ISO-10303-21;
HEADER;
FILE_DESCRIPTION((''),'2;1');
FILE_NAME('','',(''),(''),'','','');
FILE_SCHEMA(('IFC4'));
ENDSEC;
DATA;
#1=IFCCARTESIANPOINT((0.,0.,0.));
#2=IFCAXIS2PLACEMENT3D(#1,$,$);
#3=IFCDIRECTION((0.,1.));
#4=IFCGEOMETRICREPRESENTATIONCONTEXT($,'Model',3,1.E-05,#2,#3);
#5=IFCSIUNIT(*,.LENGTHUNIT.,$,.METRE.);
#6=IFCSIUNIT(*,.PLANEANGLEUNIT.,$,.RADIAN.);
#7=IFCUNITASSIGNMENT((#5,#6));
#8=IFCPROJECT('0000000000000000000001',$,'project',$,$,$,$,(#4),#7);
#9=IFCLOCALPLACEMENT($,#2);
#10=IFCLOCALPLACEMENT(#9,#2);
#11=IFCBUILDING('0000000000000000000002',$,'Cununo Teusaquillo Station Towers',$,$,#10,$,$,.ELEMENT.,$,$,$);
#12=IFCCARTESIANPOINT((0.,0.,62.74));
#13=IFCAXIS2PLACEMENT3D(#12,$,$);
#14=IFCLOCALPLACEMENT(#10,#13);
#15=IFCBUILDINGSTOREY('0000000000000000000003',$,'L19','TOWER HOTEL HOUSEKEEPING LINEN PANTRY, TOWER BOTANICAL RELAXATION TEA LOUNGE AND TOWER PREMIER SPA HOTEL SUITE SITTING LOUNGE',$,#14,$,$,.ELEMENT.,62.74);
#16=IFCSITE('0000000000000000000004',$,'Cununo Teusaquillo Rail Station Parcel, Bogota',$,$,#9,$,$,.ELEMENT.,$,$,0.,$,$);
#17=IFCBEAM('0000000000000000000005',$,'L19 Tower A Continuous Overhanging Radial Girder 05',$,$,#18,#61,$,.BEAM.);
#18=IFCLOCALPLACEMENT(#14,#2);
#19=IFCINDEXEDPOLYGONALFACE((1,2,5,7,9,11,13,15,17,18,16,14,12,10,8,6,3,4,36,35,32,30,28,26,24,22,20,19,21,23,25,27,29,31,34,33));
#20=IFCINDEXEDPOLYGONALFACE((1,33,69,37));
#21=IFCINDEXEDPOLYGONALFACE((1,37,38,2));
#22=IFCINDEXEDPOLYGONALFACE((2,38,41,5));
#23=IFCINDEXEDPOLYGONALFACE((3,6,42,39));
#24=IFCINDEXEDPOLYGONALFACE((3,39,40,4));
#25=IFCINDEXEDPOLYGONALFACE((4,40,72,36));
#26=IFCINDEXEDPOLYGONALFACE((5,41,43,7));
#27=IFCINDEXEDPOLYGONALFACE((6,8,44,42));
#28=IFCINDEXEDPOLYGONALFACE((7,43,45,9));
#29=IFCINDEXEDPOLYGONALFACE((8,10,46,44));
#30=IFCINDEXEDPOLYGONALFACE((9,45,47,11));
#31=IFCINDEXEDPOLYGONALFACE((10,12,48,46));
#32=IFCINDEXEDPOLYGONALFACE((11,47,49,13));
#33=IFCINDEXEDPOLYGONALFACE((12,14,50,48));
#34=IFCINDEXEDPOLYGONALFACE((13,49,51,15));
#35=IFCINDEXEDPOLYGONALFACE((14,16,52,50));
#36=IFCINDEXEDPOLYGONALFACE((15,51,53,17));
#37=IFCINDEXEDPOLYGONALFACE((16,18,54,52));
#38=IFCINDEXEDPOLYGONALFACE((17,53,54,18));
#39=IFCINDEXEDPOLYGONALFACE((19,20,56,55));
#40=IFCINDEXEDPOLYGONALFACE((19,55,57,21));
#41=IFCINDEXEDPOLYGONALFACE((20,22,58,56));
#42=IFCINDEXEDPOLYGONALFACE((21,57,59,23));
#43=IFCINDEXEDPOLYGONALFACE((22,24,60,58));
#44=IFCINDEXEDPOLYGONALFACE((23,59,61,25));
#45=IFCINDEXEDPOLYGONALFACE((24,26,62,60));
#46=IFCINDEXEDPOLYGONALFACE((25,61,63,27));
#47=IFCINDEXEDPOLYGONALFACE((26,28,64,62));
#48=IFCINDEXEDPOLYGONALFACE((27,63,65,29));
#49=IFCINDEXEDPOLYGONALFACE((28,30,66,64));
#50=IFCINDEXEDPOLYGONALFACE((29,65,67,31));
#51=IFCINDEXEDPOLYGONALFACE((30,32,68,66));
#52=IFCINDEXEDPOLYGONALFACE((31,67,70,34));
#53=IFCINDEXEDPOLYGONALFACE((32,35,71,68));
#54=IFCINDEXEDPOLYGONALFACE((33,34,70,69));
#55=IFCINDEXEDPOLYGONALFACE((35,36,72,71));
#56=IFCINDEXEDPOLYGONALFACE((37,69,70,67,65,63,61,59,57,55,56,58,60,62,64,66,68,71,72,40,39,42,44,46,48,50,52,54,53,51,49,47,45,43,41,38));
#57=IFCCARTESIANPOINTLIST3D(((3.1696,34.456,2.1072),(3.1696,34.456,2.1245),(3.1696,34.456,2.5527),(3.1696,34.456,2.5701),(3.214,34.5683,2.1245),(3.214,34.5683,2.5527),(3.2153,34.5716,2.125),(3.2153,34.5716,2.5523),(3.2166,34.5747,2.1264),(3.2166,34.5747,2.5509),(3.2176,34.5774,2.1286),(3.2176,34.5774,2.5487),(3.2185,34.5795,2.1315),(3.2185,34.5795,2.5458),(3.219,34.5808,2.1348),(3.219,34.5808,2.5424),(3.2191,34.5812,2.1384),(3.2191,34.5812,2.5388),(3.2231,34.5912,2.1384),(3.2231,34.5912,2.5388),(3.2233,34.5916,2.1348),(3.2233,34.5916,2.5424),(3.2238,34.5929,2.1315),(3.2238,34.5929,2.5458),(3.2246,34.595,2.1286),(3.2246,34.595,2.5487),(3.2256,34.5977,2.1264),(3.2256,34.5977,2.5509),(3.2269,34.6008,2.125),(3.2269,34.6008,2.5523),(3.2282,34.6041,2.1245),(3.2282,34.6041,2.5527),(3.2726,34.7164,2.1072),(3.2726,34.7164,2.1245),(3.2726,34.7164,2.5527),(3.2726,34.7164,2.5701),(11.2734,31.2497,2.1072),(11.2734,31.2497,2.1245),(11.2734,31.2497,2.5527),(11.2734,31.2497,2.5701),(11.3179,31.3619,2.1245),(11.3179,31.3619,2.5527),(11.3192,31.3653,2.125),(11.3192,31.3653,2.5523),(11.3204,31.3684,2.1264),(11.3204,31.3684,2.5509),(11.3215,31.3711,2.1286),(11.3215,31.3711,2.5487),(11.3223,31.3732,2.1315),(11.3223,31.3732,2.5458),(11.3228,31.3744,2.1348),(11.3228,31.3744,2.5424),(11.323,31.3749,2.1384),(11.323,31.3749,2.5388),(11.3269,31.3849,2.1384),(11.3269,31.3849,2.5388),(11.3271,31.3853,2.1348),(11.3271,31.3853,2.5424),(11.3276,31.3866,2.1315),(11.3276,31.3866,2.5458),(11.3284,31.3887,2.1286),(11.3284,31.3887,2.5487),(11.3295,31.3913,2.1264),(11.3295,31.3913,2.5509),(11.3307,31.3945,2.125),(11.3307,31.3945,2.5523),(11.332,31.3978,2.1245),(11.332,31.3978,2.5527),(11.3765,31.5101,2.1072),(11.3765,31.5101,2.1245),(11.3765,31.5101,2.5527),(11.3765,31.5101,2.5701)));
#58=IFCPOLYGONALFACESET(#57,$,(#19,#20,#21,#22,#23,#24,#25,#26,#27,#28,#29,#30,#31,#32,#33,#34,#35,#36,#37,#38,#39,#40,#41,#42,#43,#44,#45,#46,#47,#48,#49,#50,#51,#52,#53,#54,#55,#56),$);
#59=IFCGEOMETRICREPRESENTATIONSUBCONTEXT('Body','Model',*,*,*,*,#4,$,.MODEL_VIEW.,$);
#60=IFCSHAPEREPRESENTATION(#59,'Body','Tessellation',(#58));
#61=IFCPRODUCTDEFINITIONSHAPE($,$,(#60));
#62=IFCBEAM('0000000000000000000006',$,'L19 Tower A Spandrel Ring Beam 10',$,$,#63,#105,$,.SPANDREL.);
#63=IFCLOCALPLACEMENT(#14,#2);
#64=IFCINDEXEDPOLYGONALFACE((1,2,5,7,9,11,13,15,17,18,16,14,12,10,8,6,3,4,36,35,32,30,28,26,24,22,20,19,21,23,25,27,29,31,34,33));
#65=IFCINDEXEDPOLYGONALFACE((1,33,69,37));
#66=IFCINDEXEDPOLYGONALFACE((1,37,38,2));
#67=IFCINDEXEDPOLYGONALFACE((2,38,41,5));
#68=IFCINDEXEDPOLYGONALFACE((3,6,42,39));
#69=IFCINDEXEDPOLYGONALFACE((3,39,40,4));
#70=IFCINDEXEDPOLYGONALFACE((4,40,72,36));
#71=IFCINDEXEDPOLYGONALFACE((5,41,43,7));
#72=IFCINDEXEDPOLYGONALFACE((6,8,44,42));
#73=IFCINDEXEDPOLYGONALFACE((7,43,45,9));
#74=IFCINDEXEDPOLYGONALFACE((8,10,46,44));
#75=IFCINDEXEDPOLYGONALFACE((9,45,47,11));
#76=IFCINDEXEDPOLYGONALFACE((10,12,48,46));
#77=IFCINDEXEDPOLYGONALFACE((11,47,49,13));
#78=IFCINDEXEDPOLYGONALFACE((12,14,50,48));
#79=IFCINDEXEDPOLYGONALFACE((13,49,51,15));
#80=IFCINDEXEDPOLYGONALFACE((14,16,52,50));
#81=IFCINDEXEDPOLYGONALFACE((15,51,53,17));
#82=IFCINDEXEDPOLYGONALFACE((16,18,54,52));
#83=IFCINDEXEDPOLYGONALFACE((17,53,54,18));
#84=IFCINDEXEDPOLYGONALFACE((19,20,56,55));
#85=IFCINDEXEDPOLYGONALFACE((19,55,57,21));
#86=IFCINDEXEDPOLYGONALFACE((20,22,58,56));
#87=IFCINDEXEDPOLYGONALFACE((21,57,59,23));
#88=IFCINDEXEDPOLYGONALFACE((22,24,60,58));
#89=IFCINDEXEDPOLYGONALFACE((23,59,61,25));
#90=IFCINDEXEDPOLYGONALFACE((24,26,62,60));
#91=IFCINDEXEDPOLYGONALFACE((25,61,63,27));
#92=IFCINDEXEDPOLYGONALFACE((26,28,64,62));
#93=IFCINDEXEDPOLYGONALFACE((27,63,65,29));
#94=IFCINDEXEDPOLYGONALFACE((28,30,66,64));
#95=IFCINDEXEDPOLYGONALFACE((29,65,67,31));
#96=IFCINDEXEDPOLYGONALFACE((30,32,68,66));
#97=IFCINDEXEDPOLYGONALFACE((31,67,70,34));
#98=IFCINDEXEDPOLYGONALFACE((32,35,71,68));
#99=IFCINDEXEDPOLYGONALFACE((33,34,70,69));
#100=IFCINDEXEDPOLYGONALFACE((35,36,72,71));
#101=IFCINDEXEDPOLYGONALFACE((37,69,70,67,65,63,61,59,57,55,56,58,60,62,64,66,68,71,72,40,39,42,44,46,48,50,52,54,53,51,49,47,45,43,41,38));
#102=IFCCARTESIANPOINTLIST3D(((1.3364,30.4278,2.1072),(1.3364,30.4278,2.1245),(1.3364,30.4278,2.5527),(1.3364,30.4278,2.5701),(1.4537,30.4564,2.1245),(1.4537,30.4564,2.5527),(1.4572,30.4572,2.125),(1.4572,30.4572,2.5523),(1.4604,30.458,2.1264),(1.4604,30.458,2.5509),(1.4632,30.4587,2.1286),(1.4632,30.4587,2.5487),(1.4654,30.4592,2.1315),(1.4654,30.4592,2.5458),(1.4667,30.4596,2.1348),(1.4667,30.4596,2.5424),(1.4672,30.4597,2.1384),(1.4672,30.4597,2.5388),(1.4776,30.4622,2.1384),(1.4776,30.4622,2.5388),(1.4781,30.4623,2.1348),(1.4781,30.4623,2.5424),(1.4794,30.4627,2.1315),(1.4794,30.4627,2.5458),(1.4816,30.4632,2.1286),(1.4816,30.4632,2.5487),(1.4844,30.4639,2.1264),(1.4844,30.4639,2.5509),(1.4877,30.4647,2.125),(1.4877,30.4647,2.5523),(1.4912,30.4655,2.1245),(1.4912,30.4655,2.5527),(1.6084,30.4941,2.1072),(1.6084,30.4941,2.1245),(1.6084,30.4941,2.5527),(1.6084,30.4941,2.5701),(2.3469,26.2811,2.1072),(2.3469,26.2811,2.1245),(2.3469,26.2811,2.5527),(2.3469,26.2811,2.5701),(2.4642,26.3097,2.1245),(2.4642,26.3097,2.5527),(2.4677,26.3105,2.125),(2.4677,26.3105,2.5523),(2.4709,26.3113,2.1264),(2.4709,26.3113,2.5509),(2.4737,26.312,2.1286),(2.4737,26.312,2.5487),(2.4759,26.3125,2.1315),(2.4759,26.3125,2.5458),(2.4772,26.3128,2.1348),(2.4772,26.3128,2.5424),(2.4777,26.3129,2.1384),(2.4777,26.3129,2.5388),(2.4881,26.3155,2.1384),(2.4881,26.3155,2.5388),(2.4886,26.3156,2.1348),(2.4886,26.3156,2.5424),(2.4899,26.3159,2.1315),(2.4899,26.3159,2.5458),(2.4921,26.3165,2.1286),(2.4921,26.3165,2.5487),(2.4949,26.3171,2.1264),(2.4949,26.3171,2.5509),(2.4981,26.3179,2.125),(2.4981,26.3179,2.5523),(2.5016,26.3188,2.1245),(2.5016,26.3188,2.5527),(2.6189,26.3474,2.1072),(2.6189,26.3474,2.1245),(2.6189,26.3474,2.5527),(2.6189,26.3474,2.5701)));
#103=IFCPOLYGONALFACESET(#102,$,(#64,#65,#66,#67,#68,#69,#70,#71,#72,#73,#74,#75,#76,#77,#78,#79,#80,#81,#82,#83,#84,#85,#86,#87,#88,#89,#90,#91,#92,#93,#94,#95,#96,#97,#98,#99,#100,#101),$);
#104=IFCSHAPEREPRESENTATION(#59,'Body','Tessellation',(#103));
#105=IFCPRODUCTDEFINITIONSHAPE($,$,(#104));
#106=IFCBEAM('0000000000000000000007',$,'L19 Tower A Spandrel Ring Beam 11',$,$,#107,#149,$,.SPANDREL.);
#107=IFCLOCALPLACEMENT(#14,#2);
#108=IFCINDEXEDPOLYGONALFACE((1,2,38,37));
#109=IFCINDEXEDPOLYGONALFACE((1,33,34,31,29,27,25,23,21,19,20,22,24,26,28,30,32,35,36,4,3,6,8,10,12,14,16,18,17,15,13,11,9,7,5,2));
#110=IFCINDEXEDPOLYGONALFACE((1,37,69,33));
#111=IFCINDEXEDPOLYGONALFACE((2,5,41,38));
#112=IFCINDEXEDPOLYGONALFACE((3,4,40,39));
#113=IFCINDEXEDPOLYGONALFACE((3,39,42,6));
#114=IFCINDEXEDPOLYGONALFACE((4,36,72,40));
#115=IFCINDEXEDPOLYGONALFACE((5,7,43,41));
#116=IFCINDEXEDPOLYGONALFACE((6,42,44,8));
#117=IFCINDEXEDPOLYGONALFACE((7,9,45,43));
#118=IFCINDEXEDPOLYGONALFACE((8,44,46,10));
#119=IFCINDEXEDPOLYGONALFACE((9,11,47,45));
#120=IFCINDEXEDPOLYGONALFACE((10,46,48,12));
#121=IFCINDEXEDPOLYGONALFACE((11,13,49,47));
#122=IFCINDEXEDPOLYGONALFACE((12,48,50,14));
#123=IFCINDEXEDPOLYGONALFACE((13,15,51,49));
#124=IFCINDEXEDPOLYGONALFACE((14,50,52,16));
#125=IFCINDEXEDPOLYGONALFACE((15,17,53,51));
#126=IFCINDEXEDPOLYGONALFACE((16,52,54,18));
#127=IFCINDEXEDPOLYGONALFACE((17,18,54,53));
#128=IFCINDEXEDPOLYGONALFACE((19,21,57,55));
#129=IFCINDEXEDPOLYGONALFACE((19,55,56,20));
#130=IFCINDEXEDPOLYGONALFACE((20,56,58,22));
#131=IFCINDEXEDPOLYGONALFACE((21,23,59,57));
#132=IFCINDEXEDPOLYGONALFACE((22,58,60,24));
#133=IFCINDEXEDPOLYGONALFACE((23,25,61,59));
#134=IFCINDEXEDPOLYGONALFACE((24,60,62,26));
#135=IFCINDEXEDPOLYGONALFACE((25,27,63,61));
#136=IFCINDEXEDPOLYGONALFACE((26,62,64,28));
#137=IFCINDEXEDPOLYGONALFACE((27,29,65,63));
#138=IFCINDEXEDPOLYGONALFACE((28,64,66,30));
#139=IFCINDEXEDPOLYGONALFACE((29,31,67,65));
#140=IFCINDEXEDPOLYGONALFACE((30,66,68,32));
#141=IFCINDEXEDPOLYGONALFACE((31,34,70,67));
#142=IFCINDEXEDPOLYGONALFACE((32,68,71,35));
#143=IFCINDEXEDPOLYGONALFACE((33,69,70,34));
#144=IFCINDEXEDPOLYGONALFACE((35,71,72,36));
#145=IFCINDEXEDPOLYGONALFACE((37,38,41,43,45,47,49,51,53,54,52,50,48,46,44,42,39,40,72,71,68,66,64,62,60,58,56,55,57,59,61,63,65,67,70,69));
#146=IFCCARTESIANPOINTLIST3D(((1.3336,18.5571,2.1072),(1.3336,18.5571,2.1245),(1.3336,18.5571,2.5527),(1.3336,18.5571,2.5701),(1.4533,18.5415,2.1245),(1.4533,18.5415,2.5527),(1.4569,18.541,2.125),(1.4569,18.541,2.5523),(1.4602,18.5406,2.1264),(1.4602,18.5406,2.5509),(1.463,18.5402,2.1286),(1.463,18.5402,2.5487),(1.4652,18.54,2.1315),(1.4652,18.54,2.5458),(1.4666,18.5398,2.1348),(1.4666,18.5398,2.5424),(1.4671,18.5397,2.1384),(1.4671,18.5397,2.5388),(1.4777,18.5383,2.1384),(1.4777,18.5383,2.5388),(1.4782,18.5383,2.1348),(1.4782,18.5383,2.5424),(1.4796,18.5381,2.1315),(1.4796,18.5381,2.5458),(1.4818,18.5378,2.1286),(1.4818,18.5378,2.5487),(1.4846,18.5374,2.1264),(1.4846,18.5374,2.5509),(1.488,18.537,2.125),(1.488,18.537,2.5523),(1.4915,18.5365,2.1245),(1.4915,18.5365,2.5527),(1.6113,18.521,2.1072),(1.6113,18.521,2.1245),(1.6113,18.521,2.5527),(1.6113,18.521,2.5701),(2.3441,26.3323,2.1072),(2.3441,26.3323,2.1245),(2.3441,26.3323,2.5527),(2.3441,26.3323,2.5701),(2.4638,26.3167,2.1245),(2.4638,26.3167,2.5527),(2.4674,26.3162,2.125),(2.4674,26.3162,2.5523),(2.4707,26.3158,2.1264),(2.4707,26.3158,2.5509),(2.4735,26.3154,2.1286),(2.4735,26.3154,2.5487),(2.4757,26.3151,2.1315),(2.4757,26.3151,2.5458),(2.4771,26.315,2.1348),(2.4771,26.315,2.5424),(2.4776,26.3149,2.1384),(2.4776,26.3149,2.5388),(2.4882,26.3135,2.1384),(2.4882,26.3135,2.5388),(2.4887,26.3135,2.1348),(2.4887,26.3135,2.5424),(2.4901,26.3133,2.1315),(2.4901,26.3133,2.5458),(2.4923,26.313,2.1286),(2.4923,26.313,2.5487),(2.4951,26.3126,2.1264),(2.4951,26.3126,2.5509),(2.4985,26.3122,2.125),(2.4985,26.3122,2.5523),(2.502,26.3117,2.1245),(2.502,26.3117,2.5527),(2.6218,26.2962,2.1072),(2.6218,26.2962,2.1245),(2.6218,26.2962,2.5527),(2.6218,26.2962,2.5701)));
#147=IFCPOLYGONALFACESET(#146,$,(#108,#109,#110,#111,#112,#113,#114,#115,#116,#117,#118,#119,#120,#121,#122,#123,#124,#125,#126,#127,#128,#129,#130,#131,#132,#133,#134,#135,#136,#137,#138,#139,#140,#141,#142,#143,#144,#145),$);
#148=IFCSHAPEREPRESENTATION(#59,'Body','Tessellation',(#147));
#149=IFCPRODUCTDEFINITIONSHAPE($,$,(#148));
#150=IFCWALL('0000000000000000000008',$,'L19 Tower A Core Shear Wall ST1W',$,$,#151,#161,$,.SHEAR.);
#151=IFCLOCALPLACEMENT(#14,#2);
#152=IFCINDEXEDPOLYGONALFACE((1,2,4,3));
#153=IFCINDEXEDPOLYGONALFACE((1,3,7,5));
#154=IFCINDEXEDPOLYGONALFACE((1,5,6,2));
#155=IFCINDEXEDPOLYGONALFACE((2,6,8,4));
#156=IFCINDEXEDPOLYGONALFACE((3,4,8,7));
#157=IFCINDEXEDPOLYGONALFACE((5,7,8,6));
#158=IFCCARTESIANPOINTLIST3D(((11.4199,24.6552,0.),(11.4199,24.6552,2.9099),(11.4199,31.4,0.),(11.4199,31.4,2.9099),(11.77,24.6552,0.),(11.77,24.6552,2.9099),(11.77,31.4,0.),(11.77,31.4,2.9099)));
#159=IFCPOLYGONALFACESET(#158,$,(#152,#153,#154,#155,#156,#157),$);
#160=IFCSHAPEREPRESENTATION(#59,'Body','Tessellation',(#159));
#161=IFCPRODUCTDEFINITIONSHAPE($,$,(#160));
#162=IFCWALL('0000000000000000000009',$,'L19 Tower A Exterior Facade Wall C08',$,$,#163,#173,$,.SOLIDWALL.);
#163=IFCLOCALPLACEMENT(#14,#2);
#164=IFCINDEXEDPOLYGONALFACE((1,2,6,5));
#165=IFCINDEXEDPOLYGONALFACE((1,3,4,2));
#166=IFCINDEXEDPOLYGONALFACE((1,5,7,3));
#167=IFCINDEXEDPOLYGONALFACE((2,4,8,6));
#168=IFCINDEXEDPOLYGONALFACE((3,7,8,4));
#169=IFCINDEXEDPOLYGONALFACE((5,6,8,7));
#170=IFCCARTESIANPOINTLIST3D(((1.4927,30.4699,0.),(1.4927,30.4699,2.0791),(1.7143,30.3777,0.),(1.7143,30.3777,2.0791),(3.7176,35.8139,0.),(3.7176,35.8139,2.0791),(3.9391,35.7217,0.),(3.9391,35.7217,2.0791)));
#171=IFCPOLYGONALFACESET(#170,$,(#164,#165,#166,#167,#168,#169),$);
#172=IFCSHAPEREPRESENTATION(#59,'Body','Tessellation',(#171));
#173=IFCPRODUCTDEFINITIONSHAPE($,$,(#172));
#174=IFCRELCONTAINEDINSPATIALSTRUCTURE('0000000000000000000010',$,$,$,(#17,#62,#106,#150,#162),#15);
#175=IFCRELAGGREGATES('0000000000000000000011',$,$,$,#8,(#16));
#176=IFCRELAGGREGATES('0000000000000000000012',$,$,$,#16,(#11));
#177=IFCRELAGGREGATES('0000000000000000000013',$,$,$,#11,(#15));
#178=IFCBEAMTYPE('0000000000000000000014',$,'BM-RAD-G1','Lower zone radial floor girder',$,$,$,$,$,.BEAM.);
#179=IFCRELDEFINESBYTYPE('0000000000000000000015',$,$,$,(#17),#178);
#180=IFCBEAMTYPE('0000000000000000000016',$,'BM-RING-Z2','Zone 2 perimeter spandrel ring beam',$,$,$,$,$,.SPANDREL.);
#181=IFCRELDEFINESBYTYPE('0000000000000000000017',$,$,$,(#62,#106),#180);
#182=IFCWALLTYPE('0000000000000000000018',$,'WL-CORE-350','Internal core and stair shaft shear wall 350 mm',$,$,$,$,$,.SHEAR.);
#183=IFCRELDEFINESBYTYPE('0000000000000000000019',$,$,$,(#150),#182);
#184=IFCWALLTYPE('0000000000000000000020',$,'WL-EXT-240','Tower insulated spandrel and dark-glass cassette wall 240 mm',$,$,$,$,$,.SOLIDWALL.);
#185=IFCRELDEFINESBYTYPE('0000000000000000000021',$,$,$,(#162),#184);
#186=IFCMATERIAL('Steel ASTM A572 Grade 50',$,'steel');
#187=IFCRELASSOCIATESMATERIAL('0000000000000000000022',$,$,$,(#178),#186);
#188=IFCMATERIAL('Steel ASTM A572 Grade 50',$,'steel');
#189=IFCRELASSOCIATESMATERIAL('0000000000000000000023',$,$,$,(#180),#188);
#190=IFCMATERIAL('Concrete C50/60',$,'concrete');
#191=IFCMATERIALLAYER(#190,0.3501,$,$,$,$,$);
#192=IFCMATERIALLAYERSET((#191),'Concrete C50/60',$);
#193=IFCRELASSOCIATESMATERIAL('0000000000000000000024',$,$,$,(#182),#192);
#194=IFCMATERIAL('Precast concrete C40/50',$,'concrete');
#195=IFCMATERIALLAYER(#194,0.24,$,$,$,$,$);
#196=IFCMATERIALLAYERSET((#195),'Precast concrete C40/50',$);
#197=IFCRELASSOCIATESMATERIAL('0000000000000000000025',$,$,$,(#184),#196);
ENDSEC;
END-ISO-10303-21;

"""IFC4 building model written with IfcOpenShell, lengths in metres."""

from ifc_helpers import new_model, si_unit, direction, frame, frame_2d, origin, origin_2d, place, context, subcontext, project, spatial, rectangle, i_section, extrude, material, layer, layer_set, material_profile, profile_set, type_object, element, save


model = new_model("IFC4")

# Units and contexts
model_context = context("Model", 3, precision=1e-05, world=origin(), true_north=direction((0.0, 1.0)))
body_context = subcontext(model_context, "Body", "Model", "MODEL_VIEW")
ifc_project = project(units=[si_unit("LENGTHUNIT", "METRE"), si_unit("PLANEANGLEUNIT", "RADIAN")], contexts=[model_context])

# Site, building, storey
site_placement = place(None, origin())
site = spatial("IfcSite", under=ifc_project, at=site_placement, Name="Cununo Teusaquillo Rail Station Parcel, Bogota", CompositionType="ELEMENT", RefElevation=0.0)
building_placement = place(site_placement, origin())
building = spatial("IfcBuilding", under=site, at=building_placement, Name="Cununo Teusaquillo Station Towers", CompositionType="ELEMENT")
storey_placement = place(building_placement, frame((0.0, 0.0, 62.74)))
storey = spatial("IfcBuildingStorey", under=building, at=storey_placement, Name="L19", Description="TOWER HOTEL HOUSEKEEPING LINEN PANTRY, TOWER BOTANICAL RELAXATION TEA LOUNGE AND TOWER PREMIER SPA HOTEL SUITE SITTING LOUNGE", CompositionType="ELEMENT", Elevation=62.74)

# Beams
ifc_material_1 = material(Name="Steel ASTM A572 Grade 50", Category="steel")
ifc_material_profile_1 = material_profile(ifc_material_1, i_section(OverallWidth=0.28, OverallDepth=0.4629, WebThickness=0.0107, FlangeThickness=0.0173, FilletRadius=0.0139, at=origin_2d()), Name="W18X76")
ifc_profile_set_1 = profile_set([ifc_material_profile_1], Name="Steel ASTM A572 Grade 50")
beam_type_1 = type_object("IfcBeamType", Name="BM-RAD-G1", Description="Lower zone radial floor girder", PredefinedType="BEAM", material=ifc_profile_set_1)
beam_1_placement = place(storey_placement, frame((11.325, 31.3799, 2.3386), z_axis=(-0.929863, 0.367906, 0.0), x_axis=(-0.367906, -0.929863, 0.0)))
element("IfcBeam", 1, at=beam_1_placement, inside=storey, type_object=beam_type_1, Name="L19 Tower A Continuous Overhanging Radial Girder 05", PredefinedType="BEAM", context=body_context, shape_type="SweptSolid", body=[
    extrude(i_section(OverallWidth=0.28, OverallDepth=0.4629, WebThickness=0.0107, FlangeThickness=0.0173, FilletRadius=0.0139, at=origin_2d()), origin(), (0.0, 0.0, 1.0), 8.7151),
])
ifc_material_2 = material(Name="Steel ASTM A572 Grade 50", Category="steel")
ifc_material_profile_2 = material_profile(ifc_material_2, i_section(OverallWidth=0.28, OverallDepth=0.4629, WebThickness=0.0107, FlangeThickness=0.0173, FilletRadius=0.0139, at=origin_2d()), Name="W18X76")
ifc_profile_set_2 = profile_set([ifc_material_profile_2], Name="Steel ASTM A572 Grade 50")
beam_type_2 = type_object("IfcBeamType", Name="BM-RING-Z2", Description="Zone 2 perimeter spandrel ring beam", PredefinedType="SPANDREL", material=ifc_profile_set_2)
beam_2_placement = place(storey_placement, frame((1.4724, 30.4609, 2.3386), z_axis=(0.236757, -0.971569, 0.0), x_axis=(0.971569, 0.236757, 0.0)))
element("IfcBeam", 2, at=beam_2_placement, inside=storey, type_object=beam_type_2, Name="L19 Tower A Spandrel Ring Beam 10", PredefinedType="SPANDREL", context=body_context, shape_type="SweptSolid", body=[
    extrude(i_section(OverallWidth=0.28, OverallDepth=0.4629, WebThickness=0.0107, FlangeThickness=0.0173, FilletRadius=0.0139, at=origin_2d()), origin(), (0.0, 0.0, 1.0), 4.2681),
])
beam_3_placement = place(storey_placement, frame((2.4829, 26.3142, 2.3386), z_axis=(-0.128881, -0.99166, 0.0), x_axis=(0.99166, -0.128881, 0.0)))
element("IfcBeam", 3, at=beam_3_placement, inside=storey, type_object=beam_type_2, Name="L19 Tower A Spandrel Ring Beam 11", PredefinedType="SPANDREL", context=body_context, shape_type="SweptSolid", body=[
    extrude(i_section(OverallWidth=0.28, OverallDepth=0.4629, WebThickness=0.0107, FlangeThickness=0.0173, FilletRadius=0.0139, at=origin_2d()), origin(), (0.0, 0.0, 1.0), 7.8406),
])

# Walls
ifc_material_3 = material(Name="Concrete C50/60", Category="concrete")
ifc_layer_1 = layer(ifc_material_3, 0.3501)
ifc_layer_set_1 = layer_set([ifc_layer_1], Name="Concrete C50/60")
wall_type_1 = type_object("IfcWallType", Name="WL-CORE-350", Description="Internal core and stair shaft shear wall 350 mm", PredefinedType="SHEAR", material=ifc_layer_set_1)
wall_1_placement = place(storey_placement, frame((11.595, 24.655, 0.0), z_axis=(0.0, 0.0, 1.0), x_axis=(0.0, 1.0, 0.0)))
element("IfcWall", 4, at=wall_1_placement, inside=storey, type_object=wall_type_1, Name="L19 Tower A Core Shear Wall ST1W", PredefinedType="SHEAR", context=body_context, shape_type="SweptSolid", body=[
    extrude(rectangle(XDim=6.7449, YDim=0.3501, at=frame_2d((3.3726, 0.0))), origin(), (0.0, 0.0, 1.0), 2.9099),
])
ifc_material_4 = material(Name="Precast concrete C40/50", Category="concrete")
ifc_layer_2 = layer(ifc_material_4, 0.24)
ifc_layer_set_2 = layer_set([ifc_layer_2], Name="Precast concrete C40/50")
wall_type_2 = type_object("IfcWallType", Name="WL-EXT-240", Description="Tower insulated spandrel and dark-glass cassette wall 240 mm", PredefinedType="SOLIDWALL", material=ifc_layer_set_2)
wall_2_placement = place(storey_placement, frame((1.6035, 30.4238, 0.0), z_axis=(0.0, 0.0, 1.0), x_axis=(0.384349, 0.923188, 0.0)))
element("IfcWall", 5, at=wall_2_placement, inside=storey, type_object=wall_type_2, Name="L19 Tower A Exterior Facade Wall C08", PredefinedType="SOLIDWALL", context=body_context, shape_type="SweptSolid", body=[
    extrude(rectangle(XDim=5.7886, YDim=0.24, at=frame_2d((2.8943, 0.0))), origin(), (0.0, 0.0, 1.0), 2.0791),
])

save(model, "model.ifc")
